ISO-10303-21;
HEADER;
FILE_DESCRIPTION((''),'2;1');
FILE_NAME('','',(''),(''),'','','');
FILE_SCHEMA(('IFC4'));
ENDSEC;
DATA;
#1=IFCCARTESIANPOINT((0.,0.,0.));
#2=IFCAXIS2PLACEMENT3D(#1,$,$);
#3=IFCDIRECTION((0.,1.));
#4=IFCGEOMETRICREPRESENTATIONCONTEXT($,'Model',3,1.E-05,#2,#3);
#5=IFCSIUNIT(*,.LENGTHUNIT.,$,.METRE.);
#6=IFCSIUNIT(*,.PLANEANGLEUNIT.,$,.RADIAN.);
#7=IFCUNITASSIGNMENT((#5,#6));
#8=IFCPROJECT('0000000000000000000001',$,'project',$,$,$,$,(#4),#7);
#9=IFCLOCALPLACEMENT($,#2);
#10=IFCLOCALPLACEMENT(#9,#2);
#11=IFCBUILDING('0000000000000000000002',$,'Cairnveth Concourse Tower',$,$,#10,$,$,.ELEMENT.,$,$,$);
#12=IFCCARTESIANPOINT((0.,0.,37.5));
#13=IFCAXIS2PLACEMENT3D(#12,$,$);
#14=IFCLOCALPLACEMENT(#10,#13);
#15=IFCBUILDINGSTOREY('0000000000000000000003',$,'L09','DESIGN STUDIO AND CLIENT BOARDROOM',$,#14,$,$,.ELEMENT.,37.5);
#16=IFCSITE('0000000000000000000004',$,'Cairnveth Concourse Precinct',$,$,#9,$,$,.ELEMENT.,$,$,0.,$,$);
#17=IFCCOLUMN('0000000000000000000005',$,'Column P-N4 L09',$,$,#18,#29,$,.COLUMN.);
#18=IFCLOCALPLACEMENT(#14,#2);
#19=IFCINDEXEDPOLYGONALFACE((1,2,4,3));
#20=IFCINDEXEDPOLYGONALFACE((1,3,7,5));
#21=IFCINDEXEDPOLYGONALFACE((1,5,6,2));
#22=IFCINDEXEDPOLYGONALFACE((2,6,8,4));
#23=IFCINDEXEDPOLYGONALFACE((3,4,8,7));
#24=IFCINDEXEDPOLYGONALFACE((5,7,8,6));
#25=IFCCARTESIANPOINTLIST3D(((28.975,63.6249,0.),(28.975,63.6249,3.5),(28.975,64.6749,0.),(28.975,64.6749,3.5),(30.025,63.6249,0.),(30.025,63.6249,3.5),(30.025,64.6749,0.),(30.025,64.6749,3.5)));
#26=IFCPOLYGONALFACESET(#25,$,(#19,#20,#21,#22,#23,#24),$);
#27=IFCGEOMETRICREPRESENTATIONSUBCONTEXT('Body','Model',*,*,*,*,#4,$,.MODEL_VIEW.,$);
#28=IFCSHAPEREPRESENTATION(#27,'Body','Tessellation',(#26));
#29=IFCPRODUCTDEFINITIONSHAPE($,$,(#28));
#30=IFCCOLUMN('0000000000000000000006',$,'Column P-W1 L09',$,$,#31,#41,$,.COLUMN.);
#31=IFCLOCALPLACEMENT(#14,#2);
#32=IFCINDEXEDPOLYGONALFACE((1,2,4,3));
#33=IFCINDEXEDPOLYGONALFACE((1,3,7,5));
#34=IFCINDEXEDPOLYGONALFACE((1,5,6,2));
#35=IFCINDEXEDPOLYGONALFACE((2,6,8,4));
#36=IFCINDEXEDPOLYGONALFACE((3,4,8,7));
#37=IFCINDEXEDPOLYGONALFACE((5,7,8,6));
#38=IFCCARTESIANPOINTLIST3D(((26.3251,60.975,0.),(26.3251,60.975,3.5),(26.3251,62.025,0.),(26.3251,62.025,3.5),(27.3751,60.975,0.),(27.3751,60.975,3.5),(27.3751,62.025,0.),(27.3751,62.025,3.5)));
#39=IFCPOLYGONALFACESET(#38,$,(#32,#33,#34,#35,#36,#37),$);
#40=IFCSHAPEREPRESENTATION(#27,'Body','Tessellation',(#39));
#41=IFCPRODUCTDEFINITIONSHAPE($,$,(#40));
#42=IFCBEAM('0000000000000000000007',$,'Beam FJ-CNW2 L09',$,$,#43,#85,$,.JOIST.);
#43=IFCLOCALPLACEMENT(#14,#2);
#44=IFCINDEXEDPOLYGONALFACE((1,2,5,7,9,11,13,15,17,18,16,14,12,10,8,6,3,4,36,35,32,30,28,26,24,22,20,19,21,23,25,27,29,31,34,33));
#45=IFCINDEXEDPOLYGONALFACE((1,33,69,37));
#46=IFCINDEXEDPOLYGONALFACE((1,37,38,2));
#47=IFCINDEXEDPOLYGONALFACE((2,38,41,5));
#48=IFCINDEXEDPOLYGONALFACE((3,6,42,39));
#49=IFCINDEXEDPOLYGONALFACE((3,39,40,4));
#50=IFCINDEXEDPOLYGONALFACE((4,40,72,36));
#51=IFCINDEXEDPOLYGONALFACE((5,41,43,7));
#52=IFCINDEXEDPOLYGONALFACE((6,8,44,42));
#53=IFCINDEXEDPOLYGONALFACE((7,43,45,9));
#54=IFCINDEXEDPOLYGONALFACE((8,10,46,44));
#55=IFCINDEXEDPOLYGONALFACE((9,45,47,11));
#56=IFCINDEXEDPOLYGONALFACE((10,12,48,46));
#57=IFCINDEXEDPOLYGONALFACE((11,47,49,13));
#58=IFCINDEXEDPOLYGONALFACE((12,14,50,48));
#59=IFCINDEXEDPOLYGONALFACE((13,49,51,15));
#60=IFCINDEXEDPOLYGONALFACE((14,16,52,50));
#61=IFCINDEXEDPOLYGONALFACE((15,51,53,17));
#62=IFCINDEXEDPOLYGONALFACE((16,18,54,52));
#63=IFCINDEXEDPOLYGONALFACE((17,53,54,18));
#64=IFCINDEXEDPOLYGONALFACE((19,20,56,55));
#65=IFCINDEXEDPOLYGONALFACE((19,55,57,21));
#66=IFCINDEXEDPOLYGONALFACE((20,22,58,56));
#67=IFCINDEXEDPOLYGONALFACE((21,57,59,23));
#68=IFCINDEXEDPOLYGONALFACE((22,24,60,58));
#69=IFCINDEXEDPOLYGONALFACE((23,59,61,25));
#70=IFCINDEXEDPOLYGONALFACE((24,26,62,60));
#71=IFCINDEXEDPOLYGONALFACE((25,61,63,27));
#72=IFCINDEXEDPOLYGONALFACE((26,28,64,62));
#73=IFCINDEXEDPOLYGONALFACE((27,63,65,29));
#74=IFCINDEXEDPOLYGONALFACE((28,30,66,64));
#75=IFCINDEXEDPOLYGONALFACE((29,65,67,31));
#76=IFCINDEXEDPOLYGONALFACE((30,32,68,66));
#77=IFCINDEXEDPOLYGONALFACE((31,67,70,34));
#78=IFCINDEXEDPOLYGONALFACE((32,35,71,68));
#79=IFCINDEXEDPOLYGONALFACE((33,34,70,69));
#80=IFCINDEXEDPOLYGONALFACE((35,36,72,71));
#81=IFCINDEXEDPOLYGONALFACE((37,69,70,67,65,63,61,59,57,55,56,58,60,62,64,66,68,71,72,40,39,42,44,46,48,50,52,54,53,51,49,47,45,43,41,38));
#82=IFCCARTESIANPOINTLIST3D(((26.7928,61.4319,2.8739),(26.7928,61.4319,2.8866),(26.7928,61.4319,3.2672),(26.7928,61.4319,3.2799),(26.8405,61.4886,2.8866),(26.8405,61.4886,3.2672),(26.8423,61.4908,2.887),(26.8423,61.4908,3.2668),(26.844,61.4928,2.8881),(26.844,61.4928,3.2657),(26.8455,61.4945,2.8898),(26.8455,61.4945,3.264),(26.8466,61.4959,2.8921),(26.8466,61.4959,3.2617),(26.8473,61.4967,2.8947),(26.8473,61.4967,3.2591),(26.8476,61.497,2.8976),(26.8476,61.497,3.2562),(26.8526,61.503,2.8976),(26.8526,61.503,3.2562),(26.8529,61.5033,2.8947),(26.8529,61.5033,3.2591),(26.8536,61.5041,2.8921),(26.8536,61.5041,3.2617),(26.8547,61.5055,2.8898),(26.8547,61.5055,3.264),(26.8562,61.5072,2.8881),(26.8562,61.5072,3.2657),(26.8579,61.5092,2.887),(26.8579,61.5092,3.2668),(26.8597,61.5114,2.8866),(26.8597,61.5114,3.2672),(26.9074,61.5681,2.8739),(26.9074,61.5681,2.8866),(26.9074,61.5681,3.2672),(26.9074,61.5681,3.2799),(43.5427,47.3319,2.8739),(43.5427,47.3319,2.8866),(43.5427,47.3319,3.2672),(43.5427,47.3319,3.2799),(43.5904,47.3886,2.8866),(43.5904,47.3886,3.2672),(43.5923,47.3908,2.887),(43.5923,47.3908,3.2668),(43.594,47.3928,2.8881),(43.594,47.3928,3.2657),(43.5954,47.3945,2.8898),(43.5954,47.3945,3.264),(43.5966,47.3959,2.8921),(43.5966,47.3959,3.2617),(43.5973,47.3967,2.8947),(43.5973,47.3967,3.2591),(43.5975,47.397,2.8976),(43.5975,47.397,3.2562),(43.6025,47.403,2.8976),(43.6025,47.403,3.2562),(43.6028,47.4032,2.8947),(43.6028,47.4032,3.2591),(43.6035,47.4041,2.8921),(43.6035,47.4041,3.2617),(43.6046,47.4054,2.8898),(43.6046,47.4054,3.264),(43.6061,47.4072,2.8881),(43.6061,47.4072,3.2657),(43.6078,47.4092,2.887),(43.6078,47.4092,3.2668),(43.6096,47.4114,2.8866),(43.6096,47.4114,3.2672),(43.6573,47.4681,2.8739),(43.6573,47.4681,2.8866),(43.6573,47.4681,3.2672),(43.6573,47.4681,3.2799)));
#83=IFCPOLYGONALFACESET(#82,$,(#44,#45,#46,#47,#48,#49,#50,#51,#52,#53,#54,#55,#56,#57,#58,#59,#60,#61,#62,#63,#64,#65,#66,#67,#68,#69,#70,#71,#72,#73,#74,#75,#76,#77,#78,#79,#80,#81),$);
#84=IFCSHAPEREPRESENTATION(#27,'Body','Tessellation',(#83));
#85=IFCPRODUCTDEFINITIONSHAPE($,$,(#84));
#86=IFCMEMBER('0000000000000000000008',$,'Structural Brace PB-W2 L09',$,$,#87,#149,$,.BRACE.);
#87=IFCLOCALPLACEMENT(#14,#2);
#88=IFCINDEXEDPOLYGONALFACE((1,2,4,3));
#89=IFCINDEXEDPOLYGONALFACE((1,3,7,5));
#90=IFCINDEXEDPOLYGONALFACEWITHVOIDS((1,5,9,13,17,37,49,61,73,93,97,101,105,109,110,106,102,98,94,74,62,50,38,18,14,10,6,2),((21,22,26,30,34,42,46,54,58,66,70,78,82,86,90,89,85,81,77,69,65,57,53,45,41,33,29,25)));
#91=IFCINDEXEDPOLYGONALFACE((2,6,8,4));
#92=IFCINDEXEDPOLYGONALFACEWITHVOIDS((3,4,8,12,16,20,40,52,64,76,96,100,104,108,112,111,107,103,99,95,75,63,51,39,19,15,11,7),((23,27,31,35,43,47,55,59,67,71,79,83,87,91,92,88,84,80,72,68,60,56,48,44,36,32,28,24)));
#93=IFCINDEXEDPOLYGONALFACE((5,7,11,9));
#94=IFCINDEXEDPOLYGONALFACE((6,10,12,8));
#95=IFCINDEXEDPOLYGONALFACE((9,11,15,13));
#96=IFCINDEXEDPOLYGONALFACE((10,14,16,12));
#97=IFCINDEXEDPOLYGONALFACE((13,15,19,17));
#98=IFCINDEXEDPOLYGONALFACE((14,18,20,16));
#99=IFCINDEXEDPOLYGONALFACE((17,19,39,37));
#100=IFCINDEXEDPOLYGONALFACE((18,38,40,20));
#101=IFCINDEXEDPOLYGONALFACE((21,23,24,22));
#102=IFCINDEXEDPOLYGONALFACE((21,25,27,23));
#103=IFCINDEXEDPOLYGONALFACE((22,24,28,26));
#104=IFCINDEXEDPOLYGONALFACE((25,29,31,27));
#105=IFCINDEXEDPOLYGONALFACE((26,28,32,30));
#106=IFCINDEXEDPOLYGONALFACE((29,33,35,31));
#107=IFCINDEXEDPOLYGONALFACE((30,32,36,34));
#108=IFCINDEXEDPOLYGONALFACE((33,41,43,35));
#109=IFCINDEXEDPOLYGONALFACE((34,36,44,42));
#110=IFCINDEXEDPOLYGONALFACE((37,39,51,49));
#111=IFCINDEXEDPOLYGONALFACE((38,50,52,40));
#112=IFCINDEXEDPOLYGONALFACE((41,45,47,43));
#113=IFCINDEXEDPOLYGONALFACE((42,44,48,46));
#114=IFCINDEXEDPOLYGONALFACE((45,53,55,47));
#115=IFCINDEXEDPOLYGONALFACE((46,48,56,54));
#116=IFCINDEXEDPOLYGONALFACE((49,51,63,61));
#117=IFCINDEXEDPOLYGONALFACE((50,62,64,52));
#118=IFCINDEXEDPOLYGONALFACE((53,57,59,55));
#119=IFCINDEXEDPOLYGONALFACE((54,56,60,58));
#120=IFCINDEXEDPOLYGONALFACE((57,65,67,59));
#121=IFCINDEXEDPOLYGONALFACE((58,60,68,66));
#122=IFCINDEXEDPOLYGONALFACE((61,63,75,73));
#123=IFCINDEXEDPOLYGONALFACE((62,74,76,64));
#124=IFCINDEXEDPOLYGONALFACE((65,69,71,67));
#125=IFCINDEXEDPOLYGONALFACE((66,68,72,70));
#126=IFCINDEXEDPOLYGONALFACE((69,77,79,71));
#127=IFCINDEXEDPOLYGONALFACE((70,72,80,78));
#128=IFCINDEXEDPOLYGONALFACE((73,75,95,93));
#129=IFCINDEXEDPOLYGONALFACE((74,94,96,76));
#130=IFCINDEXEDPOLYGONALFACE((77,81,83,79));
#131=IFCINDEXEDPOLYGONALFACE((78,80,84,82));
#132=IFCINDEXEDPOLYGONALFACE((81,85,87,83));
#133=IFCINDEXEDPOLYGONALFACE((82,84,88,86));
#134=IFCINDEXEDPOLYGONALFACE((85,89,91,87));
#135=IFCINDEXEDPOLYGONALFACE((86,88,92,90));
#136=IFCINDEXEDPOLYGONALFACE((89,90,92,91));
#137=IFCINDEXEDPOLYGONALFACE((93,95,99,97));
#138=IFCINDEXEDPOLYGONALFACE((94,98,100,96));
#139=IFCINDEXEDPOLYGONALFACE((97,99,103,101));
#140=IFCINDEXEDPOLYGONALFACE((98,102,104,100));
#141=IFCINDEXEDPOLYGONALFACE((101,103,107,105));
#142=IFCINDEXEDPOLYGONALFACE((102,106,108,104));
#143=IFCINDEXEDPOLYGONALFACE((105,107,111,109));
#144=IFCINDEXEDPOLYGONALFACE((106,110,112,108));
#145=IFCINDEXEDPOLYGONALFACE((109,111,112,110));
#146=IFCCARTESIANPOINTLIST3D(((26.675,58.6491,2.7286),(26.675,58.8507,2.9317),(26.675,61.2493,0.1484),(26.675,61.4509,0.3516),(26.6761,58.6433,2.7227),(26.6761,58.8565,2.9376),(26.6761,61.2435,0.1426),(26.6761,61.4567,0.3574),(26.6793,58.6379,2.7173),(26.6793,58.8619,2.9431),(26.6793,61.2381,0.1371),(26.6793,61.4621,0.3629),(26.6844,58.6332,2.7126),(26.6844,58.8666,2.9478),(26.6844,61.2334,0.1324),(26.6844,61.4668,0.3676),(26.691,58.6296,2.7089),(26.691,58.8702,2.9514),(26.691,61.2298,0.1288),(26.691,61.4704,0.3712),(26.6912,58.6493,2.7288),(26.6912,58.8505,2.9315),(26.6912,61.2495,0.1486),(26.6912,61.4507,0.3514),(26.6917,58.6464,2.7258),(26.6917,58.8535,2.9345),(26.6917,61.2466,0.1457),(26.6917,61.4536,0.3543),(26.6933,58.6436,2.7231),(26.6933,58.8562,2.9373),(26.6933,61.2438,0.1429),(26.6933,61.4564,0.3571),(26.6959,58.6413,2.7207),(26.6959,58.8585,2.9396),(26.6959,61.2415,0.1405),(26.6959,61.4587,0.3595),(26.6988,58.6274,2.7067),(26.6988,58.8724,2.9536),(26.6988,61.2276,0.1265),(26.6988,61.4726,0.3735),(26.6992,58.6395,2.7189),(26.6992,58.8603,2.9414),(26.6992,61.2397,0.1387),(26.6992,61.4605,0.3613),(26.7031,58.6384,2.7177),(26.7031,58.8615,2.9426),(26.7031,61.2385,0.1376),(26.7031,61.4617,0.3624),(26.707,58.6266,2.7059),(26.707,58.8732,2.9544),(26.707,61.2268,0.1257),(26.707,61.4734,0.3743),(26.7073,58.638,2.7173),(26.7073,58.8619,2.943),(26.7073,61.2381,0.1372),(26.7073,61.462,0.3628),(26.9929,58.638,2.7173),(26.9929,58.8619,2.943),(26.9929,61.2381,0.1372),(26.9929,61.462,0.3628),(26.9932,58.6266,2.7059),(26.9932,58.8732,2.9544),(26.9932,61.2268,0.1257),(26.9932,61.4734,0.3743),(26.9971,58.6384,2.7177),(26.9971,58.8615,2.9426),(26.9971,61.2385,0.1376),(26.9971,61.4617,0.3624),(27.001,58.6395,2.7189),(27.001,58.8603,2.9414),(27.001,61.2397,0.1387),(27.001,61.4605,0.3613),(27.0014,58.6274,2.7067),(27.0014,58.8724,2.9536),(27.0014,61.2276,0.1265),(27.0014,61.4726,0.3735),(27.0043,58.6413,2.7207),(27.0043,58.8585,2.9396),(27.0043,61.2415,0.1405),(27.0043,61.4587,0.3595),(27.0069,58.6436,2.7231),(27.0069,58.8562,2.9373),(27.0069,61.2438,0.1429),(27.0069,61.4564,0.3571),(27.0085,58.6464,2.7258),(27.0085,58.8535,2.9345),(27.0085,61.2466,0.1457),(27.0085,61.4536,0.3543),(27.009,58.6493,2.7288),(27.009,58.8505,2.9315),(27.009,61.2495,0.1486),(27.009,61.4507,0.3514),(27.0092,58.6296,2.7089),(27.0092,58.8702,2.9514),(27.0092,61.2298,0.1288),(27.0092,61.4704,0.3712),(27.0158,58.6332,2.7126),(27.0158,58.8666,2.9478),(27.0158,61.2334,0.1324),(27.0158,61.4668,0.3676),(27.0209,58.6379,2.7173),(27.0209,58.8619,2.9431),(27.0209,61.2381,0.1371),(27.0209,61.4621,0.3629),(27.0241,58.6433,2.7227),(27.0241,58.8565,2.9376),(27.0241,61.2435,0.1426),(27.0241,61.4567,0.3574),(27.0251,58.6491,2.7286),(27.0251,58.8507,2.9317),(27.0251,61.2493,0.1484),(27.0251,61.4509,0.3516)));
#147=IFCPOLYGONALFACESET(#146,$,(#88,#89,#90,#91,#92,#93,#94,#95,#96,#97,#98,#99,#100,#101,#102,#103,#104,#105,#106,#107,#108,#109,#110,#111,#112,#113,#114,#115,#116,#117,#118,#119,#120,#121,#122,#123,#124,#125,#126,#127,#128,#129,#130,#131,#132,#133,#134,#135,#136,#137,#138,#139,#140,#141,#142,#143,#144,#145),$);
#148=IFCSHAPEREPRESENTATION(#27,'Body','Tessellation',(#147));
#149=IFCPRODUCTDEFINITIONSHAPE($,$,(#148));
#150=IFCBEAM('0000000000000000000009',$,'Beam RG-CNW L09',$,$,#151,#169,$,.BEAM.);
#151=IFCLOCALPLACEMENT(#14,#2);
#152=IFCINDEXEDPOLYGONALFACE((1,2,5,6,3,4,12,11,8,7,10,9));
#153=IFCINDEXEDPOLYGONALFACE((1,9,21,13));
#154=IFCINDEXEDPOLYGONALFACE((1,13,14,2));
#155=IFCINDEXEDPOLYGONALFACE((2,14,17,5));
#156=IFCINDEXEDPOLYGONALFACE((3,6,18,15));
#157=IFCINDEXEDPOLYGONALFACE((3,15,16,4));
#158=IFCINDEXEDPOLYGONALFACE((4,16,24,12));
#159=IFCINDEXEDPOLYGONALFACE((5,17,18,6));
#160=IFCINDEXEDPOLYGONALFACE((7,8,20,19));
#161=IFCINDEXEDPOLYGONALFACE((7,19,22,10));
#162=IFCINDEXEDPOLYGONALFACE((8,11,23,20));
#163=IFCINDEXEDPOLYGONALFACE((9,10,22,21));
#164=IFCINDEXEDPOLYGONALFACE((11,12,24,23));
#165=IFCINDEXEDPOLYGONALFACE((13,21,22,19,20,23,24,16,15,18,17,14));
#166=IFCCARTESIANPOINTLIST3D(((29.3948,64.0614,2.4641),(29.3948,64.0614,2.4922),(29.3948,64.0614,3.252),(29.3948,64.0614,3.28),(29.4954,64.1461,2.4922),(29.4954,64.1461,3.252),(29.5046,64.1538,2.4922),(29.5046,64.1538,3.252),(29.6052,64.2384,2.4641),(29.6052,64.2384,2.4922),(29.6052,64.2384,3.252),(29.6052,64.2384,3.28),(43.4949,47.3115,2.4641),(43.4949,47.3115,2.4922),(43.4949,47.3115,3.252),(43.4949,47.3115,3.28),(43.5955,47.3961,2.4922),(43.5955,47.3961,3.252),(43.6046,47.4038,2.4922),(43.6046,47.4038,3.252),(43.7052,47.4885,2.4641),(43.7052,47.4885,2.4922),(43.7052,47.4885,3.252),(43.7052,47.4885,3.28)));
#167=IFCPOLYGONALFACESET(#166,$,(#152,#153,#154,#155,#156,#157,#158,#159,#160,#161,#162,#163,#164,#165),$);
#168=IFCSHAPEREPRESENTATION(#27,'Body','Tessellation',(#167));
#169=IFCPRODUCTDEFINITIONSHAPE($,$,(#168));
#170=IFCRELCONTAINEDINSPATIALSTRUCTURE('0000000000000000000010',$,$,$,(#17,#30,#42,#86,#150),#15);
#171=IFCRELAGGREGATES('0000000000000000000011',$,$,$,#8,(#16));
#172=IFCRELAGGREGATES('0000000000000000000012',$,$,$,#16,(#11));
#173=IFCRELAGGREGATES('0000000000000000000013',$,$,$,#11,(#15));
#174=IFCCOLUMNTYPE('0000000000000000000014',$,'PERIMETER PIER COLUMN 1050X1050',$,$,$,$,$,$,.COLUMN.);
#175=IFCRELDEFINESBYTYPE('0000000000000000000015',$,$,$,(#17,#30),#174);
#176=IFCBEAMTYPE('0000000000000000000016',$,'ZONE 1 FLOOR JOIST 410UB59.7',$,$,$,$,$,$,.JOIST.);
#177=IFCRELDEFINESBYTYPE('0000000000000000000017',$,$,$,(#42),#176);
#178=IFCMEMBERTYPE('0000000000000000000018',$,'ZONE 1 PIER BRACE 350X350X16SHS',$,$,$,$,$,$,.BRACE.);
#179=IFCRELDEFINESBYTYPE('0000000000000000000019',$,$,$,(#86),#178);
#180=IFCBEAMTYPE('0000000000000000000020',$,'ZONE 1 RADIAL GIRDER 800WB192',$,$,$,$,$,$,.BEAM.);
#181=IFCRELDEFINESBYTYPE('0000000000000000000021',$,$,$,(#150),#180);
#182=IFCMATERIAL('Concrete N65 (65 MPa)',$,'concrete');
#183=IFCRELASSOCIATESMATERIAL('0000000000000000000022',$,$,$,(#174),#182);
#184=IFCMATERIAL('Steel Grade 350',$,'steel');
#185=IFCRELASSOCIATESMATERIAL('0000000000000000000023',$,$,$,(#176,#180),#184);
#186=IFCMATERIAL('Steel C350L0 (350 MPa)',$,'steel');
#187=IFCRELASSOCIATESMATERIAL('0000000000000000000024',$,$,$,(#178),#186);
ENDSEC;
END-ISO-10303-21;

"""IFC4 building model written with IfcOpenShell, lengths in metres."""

from ifc_helpers import new_model, si_unit, direction, frame, origin, origin_2d, place, context, subcontext, project, spatial, rectangle, hollow_rectangle, i_section, extrude, material, material_profile, profile_set, type_object, element, save


model = new_model("IFC4")

# Units and contexts
model_context = context("Model", 3, precision=1e-05, world=origin(), true_north=direction((0.0, 1.0)))
body_context = subcontext(model_context, "Body", "Model", "MODEL_VIEW")
ifc_project = project(units=[si_unit("LENGTHUNIT", "METRE"), si_unit("PLANEANGLEUNIT", "RADIAN")], contexts=[model_context])

# Site, building, storey
site_placement = place(None, origin())
site = spatial("IfcSite", under=ifc_project, at=site_placement, Name="Cairnveth Concourse Precinct", CompositionType="ELEMENT", RefElevation=0.0)
building_placement = place(site_placement, origin())
building = spatial("IfcBuilding", under=site, at=building_placement, Name="Cairnveth Concourse Tower", CompositionType="ELEMENT")
storey_placement = place(building_placement, frame((0.0, 0.0, 37.5)))
storey = spatial("IfcBuildingStorey", under=building, at=storey_placement, Name="L09", Description="DESIGN STUDIO AND CLIENT BOARDROOM", CompositionType="ELEMENT", Elevation=37.5)

# Columns
ifc_material_1 = material(Name="Concrete N65 (65 MPa)", Category="concrete")
ifc_material_profile_1 = material_profile(ifc_material_1, rectangle(XDim=1.05, YDim=1.05, at=origin_2d()), Name="RC-COL-1050x1050")
ifc_profile_set_1 = profile_set([ifc_material_profile_1], Name="Concrete N65 (65 MPa)")
column_type = type_object("IfcColumnType", Name="PERIMETER PIER COLUMN 1050X1050", PredefinedType="COLUMN", material=ifc_profile_set_1)
for number, where, z_axis, x_axis, name in (
    (1, (29.5, 64.1499, 0.0), (0.0, 0.0, 1.0), (1.0, 0.0, 0.0), "Column P-N4 L09"),
    (2, (26.8501, 61.5, 0.0), (0.0, 0.0, 1.0), (0.0, 1.0, 0.0), "Column P-W1 L09"),
):
    element("IfcColumn", number, at=place(storey_placement, frame(where, z_axis=z_axis, x_axis=x_axis)), inside=storey, type_object=column_type, Name=name, PredefinedType="COLUMN", context=body_context, shape_type="SweptSolid", body=[
        extrude(rectangle(XDim=1.05, YDim=1.05, at=origin_2d()), origin(), (0.0, 0.0, 1.0), 3.5),
    ])

# Beam
ifc_material_2 = material(Name="Steel Grade 350", Category="steel")
ifc_material_profile_2 = material_profile(ifc_material_2, i_section(OverallWidth=0.178, OverallDepth=0.406, WebThickness=0.0078, FlangeThickness=0.0127, FilletRadius=0.011, at=origin_2d()), Name="410UB59.7")
ifc_profile_set_2 = profile_set([ifc_material_profile_2], Name="Steel Grade 350")
beam_type_1 = type_object("IfcBeamType", Name="ZONE 1 FLOOR JOIST 410UB59.7", PredefinedType="JOIST", material=ifc_profile_set_2)
beam_1_placement = place(storey_placement, frame((26.8501, 61.5, 3.0769), z_axis=(0.765027, -0.643998, 0.0), x_axis=(0.643998, 0.765027, 0.0)))
element("IfcBeam", 3, at=beam_1_placement, inside=storey, type_object=beam_type_1, Name="Beam FJ-CNW2 L09", PredefinedType="JOIST", context=body_context, shape_type="SweptSolid", body=[
    extrude(i_section(OverallWidth=0.178, OverallDepth=0.406, WebThickness=0.0078, FlangeThickness=0.0127, FilletRadius=0.011, at=origin_2d()), origin(), (0.0, 0.0, 1.0), 21.8945),
])

# Member
ifc_material_3 = material(Name="Steel C350L0 (350 MPa)", Category="steel")
ifc_material_profile_3 = material_profile(ifc_material_3, hollow_rectangle(XDim=0.3501, YDim=0.3501, WallThickness=0.0161, InnerFilletRadius=0.0161, OuterFilletRadius=0.032, at=origin_2d()), Name="350x350x16.0SHS")
ifc_profile_set_3 = profile_set([ifc_material_profile_3], Name="Steel C350L0 (350 MPa)")
member_type = type_object("IfcMemberType", Name="ZONE 1 PIER BRACE 350X350X16SHS", PredefinedType="BRACE", material=ifc_profile_set_3)
member_placement = place(storey_placement, frame((26.8501, 61.3501, 0.25), z_axis=(0.0, -0.709834, 0.704369), x_axis=(1.0, 0.0, 0.0)))
element("IfcMember", 4, at=member_placement, inside=storey, type_object=member_type, Name="Structural Brace PB-W2 L09", PredefinedType="BRACE", context=body_context, shape_type="SweptSolid", body=[
    extrude(hollow_rectangle(XDim=0.3501, YDim=0.3501, WallThickness=0.0161, InnerFilletRadius=0.0161, OuterFilletRadius=0.032, at=origin_2d()), origin(), (0.0, 0.0, 1.0), 3.6631),
])

# Beam
ifc_material_profile_4 = material_profile(ifc_material_2, i_section(OverallWidth=0.2749, OverallDepth=0.8159, WebThickness=0.012, FlangeThickness=0.0281, at=origin_2d()), Name="800WB192")
ifc_profile_set_4 = profile_set([ifc_material_profile_4], Name="Steel Grade 350")
beam_type_2 = type_object("IfcBeamType", Name="ZONE 1 RADIAL GIRDER 800WB192", PredefinedType="BEAM", material=ifc_profile_set_4)
beam_2_placement = place(storey_placement, frame((29.5, 64.1499, 2.8721), z_axis=(0.643998, -0.765027, 0.0), x_axis=(0.765027, 0.643998, 0.0)))
element("IfcBeam", 5, at=beam_2_placement, inside=storey, type_object=beam_type_2, Name="Beam RG-CNW L09", PredefinedType="BEAM", context=body_context, shape_type="SweptSolid", body=[
    extrude(i_section(OverallWidth=0.2749, OverallDepth=0.8159, WebThickness=0.012, FlangeThickness=0.0281, at=origin_2d()), origin(), (0.0, 0.0, 1.0), 21.8945),
])

save(model, "model.ifc")
